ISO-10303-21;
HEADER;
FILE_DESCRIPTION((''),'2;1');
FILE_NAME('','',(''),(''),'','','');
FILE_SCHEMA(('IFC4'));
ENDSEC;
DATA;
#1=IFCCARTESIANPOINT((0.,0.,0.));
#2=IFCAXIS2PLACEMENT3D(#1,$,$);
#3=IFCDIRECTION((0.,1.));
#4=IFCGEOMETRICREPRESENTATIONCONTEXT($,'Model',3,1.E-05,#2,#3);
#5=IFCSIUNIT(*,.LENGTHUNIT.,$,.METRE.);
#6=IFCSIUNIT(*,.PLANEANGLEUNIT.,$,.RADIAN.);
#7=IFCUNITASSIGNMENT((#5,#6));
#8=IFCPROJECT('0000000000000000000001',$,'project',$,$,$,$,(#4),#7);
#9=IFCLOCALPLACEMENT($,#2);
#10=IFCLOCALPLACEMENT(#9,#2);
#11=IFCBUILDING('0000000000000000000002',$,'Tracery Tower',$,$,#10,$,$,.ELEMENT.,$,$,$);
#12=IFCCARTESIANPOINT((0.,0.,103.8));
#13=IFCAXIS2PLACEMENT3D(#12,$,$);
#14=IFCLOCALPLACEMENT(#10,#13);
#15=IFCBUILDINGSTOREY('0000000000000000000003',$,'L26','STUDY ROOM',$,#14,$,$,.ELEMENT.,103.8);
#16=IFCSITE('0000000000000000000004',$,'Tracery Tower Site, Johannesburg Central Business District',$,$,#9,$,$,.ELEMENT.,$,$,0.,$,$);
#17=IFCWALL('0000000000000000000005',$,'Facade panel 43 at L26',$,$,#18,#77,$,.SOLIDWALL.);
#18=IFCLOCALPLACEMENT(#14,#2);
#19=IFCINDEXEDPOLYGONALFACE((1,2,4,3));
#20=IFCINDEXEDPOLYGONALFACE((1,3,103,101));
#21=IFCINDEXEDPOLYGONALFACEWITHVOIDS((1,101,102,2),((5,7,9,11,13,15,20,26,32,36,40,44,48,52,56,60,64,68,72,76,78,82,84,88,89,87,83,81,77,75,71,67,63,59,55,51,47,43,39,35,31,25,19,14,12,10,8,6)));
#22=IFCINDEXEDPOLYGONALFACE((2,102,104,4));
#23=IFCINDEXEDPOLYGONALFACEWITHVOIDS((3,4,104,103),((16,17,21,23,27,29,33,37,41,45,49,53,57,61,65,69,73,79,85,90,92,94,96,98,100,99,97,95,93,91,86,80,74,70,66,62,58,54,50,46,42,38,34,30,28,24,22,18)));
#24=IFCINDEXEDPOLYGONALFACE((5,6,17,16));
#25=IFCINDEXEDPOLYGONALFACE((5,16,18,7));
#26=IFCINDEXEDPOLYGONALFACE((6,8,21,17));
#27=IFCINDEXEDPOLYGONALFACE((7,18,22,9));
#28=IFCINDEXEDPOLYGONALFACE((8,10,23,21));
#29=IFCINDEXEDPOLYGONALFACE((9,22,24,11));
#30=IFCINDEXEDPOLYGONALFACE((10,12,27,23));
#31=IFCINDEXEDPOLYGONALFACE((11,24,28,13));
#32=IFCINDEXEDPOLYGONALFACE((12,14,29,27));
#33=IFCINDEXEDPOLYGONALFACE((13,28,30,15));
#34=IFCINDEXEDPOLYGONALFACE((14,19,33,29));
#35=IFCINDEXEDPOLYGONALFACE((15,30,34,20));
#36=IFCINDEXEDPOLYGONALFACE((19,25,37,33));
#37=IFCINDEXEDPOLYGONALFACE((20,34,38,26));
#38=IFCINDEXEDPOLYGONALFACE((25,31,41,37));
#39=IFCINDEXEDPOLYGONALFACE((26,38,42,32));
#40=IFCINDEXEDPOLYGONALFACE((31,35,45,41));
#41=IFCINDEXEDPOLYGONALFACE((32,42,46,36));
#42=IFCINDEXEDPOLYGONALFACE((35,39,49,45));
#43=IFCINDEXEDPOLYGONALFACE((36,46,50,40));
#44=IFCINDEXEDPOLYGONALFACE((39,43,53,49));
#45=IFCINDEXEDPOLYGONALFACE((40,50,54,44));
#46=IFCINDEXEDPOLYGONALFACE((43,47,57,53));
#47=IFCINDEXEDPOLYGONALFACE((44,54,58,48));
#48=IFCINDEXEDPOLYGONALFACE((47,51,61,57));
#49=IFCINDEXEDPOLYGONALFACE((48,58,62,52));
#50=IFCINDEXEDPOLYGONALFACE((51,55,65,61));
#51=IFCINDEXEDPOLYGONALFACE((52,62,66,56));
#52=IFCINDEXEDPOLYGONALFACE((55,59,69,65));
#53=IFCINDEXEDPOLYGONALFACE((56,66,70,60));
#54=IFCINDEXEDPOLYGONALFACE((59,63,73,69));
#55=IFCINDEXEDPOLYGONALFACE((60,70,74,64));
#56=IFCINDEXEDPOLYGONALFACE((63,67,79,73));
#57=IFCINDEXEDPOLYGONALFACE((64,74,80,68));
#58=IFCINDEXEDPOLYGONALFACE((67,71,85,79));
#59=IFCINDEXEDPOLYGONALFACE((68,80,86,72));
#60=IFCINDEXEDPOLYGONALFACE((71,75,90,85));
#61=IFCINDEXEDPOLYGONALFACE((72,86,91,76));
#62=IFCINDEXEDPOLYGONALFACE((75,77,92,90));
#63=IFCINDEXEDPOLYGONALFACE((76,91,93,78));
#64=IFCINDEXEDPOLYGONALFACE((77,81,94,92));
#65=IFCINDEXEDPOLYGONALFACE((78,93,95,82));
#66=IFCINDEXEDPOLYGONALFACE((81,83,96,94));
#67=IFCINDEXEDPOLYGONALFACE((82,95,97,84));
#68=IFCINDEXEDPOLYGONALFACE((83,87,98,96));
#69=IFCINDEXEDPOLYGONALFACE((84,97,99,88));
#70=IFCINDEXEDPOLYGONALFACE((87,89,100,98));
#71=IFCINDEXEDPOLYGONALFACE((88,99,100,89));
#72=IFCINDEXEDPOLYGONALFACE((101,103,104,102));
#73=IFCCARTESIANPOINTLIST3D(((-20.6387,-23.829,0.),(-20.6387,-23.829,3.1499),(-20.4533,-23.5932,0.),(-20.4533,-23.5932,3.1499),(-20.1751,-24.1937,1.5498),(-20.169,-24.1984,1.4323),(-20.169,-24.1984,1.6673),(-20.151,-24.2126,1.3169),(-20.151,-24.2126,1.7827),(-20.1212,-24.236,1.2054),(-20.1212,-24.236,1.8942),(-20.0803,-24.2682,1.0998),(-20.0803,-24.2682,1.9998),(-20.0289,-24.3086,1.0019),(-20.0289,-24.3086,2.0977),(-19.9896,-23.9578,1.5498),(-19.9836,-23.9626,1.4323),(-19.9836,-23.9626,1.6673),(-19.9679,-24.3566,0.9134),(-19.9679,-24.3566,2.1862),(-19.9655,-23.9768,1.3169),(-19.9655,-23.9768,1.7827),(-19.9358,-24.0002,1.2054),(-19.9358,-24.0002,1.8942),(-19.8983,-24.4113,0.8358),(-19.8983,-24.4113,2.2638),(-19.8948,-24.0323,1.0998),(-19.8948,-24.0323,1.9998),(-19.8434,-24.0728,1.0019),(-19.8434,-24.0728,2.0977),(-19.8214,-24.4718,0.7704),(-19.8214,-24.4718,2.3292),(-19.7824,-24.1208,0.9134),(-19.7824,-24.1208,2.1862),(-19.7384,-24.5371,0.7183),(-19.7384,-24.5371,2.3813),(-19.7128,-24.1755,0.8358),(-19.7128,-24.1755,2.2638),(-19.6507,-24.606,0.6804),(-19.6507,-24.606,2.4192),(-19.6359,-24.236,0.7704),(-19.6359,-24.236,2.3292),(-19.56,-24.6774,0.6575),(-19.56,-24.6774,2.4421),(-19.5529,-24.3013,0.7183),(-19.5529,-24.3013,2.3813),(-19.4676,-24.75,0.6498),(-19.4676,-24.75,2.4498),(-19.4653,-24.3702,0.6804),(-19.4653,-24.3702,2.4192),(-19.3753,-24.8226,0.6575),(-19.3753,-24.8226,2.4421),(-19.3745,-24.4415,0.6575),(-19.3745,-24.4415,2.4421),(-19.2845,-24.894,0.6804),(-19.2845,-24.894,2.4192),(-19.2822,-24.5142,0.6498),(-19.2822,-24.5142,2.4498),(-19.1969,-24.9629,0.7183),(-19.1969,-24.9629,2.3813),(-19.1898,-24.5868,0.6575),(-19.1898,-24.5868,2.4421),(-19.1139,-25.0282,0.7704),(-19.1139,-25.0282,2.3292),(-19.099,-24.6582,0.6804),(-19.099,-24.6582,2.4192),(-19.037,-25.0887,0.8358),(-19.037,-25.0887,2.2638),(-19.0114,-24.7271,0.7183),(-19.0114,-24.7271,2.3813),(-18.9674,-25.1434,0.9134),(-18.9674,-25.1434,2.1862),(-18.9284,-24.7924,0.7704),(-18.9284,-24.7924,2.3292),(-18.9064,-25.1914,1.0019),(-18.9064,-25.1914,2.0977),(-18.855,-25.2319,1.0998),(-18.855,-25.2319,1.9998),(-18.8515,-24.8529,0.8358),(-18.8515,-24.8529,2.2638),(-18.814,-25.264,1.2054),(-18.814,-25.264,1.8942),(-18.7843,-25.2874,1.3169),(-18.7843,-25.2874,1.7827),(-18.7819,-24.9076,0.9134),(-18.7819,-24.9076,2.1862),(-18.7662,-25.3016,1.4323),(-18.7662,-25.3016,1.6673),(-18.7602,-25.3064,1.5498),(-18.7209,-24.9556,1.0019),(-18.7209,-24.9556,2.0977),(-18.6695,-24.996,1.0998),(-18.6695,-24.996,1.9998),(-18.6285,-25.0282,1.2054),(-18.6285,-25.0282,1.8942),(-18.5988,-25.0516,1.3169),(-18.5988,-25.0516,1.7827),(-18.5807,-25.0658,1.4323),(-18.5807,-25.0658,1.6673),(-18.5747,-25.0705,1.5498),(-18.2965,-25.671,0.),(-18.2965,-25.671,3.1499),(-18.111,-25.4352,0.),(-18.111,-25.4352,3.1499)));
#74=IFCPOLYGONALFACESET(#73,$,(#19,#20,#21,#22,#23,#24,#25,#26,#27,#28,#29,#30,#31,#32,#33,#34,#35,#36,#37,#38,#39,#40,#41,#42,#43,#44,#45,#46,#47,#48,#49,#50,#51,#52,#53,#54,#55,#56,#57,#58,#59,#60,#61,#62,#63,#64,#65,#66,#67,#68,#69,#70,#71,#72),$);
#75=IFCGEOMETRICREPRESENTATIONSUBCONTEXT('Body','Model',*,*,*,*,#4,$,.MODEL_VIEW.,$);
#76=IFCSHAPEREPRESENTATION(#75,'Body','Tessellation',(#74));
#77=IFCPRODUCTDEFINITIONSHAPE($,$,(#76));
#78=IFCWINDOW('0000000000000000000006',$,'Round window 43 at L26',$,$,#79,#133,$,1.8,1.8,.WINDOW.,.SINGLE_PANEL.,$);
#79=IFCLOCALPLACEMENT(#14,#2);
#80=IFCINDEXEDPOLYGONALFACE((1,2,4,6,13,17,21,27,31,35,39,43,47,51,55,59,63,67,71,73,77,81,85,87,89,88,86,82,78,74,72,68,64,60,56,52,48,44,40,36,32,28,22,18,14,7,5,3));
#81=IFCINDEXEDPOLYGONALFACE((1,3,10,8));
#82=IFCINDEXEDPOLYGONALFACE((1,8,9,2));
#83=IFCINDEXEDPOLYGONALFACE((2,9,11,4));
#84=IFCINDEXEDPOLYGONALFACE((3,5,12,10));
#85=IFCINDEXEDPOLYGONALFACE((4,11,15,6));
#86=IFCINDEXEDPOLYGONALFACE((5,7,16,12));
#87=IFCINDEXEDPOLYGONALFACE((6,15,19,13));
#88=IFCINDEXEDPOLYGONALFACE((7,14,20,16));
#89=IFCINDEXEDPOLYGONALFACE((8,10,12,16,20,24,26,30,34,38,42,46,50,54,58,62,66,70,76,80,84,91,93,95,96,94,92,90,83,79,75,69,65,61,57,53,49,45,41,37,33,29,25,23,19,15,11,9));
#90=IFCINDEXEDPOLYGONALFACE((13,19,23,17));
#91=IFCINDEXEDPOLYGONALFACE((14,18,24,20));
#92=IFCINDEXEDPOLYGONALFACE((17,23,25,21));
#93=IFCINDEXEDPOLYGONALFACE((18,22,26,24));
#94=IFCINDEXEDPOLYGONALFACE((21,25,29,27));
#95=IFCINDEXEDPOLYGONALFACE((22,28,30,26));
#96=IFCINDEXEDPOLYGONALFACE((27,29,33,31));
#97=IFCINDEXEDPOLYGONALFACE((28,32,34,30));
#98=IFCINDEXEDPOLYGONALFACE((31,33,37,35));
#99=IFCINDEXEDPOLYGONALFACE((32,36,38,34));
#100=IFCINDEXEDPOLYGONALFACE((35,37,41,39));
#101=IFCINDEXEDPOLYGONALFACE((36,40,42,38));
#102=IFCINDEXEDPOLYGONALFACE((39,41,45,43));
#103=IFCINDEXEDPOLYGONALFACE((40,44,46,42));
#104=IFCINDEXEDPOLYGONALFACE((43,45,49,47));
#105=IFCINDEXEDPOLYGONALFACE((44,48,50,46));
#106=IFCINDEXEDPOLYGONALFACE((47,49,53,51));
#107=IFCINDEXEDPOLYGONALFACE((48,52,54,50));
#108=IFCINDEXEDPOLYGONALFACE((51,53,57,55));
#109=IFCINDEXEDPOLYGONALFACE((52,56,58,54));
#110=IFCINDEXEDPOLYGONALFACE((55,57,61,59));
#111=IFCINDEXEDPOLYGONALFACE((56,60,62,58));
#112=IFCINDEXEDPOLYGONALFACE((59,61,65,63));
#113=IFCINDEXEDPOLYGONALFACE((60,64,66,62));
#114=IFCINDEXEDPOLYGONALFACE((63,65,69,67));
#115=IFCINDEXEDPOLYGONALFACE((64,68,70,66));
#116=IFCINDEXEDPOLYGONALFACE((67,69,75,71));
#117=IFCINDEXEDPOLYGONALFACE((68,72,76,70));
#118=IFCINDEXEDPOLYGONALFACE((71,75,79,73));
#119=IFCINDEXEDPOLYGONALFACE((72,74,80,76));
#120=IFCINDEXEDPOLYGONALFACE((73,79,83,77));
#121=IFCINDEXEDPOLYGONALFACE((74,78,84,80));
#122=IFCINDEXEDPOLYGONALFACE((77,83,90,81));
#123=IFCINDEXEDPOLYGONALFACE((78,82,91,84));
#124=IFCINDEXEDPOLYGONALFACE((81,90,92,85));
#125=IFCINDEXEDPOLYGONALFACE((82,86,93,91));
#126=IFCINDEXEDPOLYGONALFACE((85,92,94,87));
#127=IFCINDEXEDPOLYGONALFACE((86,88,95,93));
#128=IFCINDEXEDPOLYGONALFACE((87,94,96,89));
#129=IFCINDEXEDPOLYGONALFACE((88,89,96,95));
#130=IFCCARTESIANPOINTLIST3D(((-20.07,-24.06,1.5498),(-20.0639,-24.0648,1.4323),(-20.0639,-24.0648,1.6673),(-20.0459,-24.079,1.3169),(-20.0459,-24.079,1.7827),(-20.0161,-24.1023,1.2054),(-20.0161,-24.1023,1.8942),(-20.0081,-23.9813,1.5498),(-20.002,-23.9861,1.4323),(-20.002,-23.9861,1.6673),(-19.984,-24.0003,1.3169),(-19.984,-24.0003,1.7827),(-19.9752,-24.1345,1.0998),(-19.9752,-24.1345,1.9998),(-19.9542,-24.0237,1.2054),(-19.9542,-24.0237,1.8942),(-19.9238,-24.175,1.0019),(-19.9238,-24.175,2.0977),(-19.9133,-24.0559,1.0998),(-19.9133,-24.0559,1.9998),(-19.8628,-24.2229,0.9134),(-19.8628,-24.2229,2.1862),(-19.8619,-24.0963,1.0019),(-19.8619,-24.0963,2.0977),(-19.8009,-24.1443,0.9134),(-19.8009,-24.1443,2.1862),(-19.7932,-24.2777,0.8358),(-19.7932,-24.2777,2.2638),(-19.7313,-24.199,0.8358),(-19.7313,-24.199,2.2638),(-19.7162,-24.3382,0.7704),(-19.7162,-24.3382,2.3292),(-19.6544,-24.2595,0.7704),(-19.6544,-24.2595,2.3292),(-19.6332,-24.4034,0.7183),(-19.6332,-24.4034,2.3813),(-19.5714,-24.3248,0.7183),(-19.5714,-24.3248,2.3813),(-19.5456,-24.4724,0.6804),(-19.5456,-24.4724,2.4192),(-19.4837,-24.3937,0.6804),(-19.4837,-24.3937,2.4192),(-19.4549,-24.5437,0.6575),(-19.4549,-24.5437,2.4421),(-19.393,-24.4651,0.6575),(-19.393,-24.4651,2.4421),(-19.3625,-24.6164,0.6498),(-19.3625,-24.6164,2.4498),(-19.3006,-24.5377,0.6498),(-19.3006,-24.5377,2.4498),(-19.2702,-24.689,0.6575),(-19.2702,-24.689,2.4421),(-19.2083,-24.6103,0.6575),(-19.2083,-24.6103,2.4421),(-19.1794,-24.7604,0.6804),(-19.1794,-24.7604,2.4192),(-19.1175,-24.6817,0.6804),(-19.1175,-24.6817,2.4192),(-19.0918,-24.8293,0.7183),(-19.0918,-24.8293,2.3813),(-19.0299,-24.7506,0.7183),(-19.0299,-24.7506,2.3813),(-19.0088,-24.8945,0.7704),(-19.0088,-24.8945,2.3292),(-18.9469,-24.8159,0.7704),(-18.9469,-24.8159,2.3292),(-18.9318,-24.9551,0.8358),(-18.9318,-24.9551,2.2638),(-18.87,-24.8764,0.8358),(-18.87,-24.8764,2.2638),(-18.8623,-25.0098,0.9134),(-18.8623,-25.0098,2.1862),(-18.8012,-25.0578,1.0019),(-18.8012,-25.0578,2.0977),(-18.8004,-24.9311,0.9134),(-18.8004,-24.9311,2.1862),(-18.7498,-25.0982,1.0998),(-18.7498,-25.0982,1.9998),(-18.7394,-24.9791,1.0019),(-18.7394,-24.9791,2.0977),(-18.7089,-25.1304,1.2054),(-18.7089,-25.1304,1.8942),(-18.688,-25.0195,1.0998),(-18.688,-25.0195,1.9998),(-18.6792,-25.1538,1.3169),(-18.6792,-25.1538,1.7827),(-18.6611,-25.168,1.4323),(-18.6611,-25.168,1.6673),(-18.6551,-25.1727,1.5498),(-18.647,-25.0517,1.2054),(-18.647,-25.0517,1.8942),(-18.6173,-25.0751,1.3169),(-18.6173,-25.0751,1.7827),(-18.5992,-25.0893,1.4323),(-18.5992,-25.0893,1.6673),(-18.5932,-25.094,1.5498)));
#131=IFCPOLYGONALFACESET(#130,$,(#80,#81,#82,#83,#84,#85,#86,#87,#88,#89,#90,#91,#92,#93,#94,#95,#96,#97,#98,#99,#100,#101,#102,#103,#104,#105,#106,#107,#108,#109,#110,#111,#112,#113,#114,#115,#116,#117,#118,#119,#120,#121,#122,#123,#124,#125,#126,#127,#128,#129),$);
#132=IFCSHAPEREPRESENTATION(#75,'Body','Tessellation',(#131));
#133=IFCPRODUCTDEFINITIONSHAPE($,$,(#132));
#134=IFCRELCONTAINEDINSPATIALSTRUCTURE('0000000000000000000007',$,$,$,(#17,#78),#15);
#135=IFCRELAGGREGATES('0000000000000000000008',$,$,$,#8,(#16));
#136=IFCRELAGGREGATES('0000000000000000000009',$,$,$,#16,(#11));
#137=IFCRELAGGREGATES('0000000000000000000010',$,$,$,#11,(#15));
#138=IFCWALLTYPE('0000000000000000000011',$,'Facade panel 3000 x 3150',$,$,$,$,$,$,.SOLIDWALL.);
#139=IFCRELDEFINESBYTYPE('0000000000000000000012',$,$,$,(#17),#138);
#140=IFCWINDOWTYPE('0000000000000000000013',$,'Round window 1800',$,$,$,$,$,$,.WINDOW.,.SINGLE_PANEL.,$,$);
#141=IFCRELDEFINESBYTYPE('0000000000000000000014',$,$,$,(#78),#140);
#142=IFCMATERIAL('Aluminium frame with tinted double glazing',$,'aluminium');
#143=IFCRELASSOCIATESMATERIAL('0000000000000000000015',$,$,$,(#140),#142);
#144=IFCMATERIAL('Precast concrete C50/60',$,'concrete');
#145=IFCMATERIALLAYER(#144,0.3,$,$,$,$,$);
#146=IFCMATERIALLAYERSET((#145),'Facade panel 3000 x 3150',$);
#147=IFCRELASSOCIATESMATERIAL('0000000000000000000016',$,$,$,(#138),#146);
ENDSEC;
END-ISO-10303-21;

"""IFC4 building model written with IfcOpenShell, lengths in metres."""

from ifc_helpers import new_model, si_unit, direction, frame, frame_2d, origin, origin_2d, place, context, subcontext, project, spatial, rectangle, circle, extrude, material, layer, layer_set, type_object, element, fill, save


model = new_model("IFC4")

# Units and contexts
model_context = context("Model", 3, precision=1e-05, world=origin(), true_north=direction((0.0, 1.0)))
body_context = subcontext(model_context, "Body", "Model", "MODEL_VIEW")
ifc_project = project(units=[si_unit("LENGTHUNIT", "METRE"), si_unit("PLANEANGLEUNIT", "RADIAN")], contexts=[model_context])

# Site, building, storey
site_placement = place(None, origin())
site = spatial("IfcSite", under=ifc_project, at=site_placement, Name="Tracery Tower Site, Johannesburg Central Business District", CompositionType="ELEMENT", RefElevation=0.0)
building_placement = place(site_placement, origin())
building = spatial("IfcBuilding", under=site, at=building_placement, Name="Tracery Tower", CompositionType="ELEMENT")
storey_placement = place(building_placement, frame((0.0, 0.0, 103.8)))
storey = spatial("IfcBuildingStorey", under=building, at=storey_placement, Name="L26", Description="STUDY ROOM", CompositionType="ELEMENT", Elevation=103.8)

# Wall, opening, window
ifc_material_1 = material(Name="Aluminium frame with tinted double glazing", Category="aluminium")
window_type = type_object("IfcWindowType", Name="Round window 1800", PartitioningType="SINGLE_PANEL", PredefinedType="WINDOW", material=ifc_material_1)
ifc_material_2 = material(Name="Precast concrete C50/60", Category="concrete")
ifc_layer_1 = layer(ifc_material_2, 0.3)
ifc_layer_set_1 = layer_set([ifc_layer_1], Name="Facade panel 3000 x 3150")
wall_type_1 = type_object("IfcWallType", Name="Facade panel 3000 x 3150", PredefinedType="SOLIDWALL", material=ifc_layer_set_1)
wall_1_placement = place(storey_placement, frame((-20.5459, -23.7112, 0.0), z_axis=(0.0, 0.0, 1.0), x_axis=(0.786045, -0.618169, 0.0)))
wall_1 = element("IfcWall", 1, at=wall_1_placement, inside=storey, type_object=wall_type_1, Name="Facade panel 43 at L26", PredefinedType="SOLIDWALL", context=body_context, shape_type="SweptSolid", body=[
    extrude(rectangle(XDim=2.9797, YDim=0.3, at=frame_2d((1.4897, 0.0))), origin(), (0.0, 0.0, 1.0), 3.1499),
])
opening_1_placement = place(wall_1_placement, frame((1.4897, 0.0, 1.5498)))
opening_1 = element("IfcOpeningElement", 2, at=opening_1_placement, cuts=wall_1, PredefinedType="OPENING", context=body_context, shape_type="SweptSolid", body=[
    extrude(circle(Radius=0.9, at=origin_2d()), frame((0.0, 0.1599, 0.0), z_axis=(0.0, -1.0, 0.0), x_axis=(1.0, 0.0, 0.0)), (0.0, 0.0, 1.0), 0.3201),
])
window_1_placement = place(opening_1_placement, origin())
window_1 = element("IfcWindow", 3, at=window_1_placement, inside=storey, type_object=window_type, Name="Round window 43 at L26", OverallHeight=1.8, OverallWidth=1.8, PartitioningType="SINGLE_PANEL", PredefinedType="WINDOW", context=body_context, shape_type="SweptSolid", body=[
    extrude(circle(Radius=0.9, at=origin_2d()), frame((0.0, 0.1201, 0.0), z_axis=(0.0, -1.0, 0.0), x_axis=(1.0, 0.0, 0.0)), (0.0, 0.0, 1.0), 0.1001),
])
fill(opening_1, window_1)

save(model, "model.ifc")
